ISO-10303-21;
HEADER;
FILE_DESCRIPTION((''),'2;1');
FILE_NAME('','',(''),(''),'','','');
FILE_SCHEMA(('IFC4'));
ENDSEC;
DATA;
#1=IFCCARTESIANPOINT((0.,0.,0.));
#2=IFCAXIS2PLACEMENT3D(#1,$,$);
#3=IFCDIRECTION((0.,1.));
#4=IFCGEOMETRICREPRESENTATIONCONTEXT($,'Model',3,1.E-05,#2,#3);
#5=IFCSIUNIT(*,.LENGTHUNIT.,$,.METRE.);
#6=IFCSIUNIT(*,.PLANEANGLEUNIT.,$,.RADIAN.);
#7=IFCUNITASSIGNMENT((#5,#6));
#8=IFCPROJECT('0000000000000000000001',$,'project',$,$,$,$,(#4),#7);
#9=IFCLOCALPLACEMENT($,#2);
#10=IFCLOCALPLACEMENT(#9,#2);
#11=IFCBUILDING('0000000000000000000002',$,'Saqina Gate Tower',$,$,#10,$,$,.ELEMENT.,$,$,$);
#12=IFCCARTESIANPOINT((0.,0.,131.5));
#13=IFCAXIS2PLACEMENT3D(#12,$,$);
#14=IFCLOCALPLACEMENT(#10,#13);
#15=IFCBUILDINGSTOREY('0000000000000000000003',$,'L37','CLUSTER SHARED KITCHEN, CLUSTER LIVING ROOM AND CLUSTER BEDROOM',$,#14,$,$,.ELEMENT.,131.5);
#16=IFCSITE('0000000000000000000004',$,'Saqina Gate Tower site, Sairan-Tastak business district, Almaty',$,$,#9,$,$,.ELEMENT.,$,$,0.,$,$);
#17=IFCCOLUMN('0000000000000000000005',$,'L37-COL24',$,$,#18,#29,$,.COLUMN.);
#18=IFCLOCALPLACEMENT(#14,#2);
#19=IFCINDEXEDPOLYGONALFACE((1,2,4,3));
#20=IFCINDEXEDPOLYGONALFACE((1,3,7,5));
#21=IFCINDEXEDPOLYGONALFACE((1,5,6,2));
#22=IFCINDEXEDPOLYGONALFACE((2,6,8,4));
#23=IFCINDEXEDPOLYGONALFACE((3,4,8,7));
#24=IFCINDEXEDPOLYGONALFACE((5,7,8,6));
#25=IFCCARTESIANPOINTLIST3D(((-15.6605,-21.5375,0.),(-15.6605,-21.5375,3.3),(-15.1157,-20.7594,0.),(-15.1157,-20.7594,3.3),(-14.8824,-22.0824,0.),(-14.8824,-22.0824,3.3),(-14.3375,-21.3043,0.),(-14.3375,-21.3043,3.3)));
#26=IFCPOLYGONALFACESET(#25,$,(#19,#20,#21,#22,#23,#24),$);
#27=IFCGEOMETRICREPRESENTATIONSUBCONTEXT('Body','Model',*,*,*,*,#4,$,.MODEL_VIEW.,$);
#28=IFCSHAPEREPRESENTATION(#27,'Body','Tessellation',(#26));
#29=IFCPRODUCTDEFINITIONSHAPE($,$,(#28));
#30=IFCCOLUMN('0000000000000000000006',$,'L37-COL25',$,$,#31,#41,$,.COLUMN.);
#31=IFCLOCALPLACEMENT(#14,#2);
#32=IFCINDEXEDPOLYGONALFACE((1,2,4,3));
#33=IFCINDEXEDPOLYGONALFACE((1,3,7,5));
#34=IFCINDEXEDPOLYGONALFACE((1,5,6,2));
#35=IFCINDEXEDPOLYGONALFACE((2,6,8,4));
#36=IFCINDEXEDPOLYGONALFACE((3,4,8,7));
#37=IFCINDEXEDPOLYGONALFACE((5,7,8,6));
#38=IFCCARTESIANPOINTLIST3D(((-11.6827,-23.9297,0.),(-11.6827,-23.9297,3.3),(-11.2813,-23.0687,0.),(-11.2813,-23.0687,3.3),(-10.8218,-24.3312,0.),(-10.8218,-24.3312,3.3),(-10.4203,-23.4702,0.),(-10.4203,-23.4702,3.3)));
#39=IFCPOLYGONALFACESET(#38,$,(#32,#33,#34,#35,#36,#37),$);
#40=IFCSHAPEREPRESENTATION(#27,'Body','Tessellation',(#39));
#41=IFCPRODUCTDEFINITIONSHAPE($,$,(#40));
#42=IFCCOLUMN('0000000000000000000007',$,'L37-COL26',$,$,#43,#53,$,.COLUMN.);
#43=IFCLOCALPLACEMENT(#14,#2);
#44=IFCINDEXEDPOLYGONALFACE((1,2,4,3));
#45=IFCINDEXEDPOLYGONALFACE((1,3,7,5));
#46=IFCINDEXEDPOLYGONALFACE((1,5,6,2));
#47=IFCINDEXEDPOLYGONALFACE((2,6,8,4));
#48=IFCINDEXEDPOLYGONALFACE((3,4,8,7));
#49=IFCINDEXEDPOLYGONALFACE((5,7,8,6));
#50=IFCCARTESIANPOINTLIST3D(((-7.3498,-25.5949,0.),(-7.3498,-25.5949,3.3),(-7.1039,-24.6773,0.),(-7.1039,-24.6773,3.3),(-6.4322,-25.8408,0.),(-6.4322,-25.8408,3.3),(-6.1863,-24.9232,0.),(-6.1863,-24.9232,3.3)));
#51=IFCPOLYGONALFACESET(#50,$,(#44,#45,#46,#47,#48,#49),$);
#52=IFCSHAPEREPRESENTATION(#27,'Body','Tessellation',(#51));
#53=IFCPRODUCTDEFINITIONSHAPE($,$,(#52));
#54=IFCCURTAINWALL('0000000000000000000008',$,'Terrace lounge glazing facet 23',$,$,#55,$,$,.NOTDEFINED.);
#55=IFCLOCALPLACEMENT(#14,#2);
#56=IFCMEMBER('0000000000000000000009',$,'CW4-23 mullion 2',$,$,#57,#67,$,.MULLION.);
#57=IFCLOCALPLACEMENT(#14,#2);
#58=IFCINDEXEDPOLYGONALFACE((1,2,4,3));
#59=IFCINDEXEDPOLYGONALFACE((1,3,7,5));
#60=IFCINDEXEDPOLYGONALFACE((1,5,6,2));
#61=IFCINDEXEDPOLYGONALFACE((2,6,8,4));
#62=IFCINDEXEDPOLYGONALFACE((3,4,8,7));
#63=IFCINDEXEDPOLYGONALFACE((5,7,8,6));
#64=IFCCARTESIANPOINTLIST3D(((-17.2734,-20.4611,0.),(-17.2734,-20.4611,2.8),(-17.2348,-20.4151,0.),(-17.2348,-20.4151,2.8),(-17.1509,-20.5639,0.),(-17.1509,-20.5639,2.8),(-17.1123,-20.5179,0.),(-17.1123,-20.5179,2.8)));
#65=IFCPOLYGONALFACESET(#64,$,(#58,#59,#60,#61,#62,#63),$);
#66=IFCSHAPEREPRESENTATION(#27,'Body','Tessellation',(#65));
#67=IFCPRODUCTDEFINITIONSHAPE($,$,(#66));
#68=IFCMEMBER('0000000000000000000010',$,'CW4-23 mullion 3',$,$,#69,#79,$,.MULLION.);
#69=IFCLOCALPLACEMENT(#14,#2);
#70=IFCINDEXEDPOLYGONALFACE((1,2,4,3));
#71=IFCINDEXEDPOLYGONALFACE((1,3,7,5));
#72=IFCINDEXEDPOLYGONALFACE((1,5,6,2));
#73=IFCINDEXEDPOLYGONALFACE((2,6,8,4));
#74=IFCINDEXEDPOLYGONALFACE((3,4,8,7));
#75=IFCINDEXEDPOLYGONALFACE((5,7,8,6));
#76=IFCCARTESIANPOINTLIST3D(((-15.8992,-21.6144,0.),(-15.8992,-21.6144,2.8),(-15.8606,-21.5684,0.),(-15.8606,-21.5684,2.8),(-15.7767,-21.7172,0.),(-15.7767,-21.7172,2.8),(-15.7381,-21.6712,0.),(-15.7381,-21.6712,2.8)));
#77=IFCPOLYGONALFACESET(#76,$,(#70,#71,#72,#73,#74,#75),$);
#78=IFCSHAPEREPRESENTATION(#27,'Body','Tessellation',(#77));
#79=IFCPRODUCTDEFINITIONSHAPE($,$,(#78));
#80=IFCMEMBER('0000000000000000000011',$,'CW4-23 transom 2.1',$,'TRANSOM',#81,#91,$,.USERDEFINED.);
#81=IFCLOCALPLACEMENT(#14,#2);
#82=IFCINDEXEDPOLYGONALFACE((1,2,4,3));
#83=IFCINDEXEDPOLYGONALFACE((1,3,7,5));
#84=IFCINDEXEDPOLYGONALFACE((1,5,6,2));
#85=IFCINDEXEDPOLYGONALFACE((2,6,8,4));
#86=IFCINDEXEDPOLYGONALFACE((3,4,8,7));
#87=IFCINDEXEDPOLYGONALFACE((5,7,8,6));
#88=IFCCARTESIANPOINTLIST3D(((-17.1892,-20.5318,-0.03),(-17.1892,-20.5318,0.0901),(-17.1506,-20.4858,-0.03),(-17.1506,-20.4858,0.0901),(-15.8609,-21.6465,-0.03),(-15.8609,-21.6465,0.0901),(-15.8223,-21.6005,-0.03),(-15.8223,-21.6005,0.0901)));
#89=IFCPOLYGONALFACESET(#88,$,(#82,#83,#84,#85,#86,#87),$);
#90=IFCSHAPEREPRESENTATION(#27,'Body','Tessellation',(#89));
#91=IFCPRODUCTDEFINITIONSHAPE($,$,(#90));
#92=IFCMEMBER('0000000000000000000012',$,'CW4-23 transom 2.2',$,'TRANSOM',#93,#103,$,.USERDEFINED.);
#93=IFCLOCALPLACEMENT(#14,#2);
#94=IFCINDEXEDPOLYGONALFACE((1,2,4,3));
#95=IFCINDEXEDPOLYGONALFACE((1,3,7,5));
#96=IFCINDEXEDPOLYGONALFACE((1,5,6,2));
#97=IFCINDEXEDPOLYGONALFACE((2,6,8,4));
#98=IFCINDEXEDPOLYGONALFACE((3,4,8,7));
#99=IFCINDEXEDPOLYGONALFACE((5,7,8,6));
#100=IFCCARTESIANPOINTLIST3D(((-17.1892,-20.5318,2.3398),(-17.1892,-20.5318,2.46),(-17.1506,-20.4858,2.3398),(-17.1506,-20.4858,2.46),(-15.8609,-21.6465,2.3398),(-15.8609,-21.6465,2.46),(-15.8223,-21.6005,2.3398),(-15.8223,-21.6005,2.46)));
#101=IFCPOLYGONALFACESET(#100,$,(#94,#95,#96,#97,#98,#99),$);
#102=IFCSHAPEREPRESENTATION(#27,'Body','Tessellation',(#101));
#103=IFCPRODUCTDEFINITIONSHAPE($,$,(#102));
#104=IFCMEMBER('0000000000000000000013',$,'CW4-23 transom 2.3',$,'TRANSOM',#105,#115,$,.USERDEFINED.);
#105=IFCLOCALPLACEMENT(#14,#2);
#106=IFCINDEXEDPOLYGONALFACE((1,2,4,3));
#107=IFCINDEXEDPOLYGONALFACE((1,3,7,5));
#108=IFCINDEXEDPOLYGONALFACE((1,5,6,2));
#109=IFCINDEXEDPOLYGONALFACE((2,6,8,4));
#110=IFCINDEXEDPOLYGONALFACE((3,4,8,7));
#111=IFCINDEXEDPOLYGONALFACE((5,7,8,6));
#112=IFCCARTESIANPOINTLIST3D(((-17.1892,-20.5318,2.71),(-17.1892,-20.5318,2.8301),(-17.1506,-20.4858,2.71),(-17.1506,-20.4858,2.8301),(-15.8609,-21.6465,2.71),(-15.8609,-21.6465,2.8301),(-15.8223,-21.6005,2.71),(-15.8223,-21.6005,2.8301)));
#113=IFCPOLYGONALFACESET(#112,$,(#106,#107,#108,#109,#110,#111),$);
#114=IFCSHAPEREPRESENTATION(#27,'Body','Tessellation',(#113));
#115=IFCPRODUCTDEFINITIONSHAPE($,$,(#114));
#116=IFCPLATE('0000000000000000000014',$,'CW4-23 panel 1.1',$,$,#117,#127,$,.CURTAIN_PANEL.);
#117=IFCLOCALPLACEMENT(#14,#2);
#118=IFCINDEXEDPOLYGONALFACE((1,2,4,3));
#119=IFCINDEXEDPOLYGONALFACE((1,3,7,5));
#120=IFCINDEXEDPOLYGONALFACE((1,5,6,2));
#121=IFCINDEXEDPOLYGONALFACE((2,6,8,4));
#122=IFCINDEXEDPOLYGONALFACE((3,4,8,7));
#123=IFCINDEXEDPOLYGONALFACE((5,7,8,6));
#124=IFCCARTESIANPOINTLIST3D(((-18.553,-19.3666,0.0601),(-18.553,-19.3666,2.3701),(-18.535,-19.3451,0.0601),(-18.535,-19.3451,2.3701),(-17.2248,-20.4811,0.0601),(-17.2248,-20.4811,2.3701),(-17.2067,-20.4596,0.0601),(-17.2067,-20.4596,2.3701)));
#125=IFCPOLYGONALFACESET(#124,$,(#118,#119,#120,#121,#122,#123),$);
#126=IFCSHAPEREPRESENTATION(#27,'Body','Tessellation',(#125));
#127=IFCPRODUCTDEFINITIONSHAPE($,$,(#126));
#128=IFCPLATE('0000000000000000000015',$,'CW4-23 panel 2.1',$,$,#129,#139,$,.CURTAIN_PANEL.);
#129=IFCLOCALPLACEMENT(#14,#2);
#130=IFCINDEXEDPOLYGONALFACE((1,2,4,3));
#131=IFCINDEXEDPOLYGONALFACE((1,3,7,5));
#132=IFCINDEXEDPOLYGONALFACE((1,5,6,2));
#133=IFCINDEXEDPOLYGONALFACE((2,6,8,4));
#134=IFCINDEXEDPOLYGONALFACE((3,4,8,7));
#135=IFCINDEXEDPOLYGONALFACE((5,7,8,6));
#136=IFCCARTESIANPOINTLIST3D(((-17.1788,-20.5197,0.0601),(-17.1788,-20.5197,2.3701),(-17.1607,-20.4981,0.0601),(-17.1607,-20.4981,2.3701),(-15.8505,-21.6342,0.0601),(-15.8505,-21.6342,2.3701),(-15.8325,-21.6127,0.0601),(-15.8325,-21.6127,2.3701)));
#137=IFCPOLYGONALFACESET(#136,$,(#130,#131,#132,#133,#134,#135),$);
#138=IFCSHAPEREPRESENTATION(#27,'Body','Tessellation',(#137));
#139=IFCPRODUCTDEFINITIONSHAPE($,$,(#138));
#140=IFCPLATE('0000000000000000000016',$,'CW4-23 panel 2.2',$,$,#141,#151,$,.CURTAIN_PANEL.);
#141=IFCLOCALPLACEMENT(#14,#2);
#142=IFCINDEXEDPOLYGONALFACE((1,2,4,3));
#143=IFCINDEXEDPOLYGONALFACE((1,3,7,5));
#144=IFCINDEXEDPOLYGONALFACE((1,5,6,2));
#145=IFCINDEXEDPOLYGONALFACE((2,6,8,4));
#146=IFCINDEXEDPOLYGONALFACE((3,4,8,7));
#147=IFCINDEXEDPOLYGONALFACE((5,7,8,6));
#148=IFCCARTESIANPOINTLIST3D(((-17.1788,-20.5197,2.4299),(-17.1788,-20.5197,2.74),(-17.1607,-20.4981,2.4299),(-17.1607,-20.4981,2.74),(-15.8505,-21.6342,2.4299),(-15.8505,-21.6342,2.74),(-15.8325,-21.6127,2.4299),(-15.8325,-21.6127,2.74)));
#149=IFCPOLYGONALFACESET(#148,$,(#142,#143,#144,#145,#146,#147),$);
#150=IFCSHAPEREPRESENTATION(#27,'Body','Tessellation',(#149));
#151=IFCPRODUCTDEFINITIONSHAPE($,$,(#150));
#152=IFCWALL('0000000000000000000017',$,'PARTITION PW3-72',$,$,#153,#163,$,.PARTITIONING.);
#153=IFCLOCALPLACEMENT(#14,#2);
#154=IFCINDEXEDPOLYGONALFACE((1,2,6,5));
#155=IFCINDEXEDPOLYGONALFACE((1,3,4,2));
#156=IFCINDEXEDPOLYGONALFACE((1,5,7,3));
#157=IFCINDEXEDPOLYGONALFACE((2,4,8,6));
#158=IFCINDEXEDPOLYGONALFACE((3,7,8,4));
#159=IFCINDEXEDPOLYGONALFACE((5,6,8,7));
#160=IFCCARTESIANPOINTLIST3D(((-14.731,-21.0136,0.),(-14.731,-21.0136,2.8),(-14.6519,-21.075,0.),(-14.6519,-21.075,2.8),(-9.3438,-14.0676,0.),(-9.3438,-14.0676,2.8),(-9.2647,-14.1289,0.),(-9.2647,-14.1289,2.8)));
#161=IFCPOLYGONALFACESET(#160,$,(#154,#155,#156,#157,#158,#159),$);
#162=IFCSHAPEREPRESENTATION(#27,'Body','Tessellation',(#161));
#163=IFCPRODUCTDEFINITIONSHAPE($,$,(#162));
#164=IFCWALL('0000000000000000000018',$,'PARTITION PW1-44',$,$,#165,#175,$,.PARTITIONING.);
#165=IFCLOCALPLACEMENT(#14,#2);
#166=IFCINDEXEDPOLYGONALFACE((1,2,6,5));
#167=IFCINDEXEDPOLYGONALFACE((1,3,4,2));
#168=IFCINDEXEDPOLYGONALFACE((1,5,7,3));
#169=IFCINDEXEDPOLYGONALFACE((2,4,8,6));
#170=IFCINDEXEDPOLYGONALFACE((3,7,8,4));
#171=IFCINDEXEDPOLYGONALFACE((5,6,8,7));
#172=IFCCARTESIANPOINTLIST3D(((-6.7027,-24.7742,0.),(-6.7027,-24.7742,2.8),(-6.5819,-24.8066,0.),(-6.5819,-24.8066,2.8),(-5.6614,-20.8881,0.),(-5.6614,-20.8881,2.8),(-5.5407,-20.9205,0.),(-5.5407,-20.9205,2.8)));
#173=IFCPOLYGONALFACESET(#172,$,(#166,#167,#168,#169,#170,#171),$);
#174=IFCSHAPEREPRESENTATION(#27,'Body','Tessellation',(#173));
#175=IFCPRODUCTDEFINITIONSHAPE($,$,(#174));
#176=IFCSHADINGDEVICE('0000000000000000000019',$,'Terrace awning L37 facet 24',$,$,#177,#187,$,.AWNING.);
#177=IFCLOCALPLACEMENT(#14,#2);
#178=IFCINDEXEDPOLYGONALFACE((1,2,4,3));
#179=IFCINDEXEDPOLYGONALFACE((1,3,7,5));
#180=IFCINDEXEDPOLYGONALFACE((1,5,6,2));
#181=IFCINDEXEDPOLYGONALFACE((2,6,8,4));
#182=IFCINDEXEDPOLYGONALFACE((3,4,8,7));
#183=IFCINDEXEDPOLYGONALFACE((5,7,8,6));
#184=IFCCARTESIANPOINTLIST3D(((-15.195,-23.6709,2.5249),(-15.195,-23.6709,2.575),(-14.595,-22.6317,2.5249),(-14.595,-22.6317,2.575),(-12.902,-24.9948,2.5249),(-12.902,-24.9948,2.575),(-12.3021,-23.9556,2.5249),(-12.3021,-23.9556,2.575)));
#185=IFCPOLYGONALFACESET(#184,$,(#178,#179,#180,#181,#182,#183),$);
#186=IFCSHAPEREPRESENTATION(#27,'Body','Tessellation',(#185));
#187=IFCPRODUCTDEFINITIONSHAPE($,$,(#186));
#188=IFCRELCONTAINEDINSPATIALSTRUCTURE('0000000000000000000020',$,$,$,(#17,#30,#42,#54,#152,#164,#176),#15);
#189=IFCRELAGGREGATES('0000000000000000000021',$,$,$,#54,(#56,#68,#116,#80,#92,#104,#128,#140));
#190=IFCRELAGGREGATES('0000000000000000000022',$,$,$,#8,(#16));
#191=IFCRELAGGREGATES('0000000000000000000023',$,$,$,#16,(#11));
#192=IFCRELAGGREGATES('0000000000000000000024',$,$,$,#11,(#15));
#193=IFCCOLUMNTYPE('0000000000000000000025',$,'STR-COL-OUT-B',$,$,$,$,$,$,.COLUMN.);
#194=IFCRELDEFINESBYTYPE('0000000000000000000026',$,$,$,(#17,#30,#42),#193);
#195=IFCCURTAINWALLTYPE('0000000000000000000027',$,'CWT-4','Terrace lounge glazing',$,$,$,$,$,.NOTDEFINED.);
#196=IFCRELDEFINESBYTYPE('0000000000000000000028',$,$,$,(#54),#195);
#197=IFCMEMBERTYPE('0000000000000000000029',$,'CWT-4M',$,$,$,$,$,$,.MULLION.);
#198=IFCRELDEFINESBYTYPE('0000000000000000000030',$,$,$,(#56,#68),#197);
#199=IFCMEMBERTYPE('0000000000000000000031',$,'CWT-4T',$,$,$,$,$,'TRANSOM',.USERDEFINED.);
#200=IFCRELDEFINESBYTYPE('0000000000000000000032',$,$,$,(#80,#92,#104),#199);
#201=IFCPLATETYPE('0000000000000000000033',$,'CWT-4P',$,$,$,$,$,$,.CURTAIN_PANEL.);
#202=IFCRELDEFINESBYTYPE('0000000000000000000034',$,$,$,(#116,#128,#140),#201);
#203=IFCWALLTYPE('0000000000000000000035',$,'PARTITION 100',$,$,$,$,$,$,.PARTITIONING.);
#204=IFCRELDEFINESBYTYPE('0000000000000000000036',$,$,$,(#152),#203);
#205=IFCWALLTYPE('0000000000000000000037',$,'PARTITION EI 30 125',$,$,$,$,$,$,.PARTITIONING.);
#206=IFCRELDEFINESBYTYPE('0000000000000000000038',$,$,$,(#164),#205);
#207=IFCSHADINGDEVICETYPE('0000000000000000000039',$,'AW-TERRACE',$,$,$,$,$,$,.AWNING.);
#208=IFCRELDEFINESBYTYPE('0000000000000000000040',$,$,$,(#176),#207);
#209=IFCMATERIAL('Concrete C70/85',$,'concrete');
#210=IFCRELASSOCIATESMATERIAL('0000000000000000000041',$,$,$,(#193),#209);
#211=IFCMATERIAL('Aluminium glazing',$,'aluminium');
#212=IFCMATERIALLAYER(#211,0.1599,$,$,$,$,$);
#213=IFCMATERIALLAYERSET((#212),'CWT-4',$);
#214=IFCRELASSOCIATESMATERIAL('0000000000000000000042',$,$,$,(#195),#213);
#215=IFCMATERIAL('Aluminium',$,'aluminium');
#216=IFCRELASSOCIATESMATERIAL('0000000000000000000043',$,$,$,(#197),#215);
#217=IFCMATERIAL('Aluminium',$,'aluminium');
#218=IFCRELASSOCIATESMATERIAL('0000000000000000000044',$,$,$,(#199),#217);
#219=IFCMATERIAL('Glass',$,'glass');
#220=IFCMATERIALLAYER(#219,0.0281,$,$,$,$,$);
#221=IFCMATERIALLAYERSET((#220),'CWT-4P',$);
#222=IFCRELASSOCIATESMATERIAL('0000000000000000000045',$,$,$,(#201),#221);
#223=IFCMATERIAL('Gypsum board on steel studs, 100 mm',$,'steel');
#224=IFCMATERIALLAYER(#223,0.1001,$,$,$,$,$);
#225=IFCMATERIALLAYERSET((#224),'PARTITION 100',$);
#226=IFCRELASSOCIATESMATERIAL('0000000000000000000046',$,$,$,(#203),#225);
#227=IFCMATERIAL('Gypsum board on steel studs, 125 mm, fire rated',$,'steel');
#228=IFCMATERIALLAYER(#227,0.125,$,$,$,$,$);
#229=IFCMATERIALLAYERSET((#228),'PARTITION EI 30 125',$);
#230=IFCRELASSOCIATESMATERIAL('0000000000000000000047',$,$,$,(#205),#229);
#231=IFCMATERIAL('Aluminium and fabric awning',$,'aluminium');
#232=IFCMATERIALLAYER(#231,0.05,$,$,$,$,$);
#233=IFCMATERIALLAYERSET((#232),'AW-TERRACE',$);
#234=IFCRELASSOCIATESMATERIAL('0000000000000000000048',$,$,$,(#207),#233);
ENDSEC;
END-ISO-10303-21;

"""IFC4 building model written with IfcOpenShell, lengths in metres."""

from ifc_helpers import new_model, si_unit, direction, frame, frame_2d, origin, origin_2d, place, context, subcontext, project, spatial, rectangle, extrude, material, layer, layer_set, material_profile, profile_set, type_object, element, aggregate, save


model = new_model("IFC4")

# Units and contexts
model_context = context("Model", 3, precision=1e-05, world=origin(), true_north=direction((0.0, 1.0)))
body_context = subcontext(model_context, "Body", "Model", "MODEL_VIEW")
ifc_project = project(units=[si_unit("LENGTHUNIT", "METRE"), si_unit("PLANEANGLEUNIT", "RADIAN")], contexts=[model_context])

# Site, building, storey
site_placement = place(None, origin())
site = spatial("IfcSite", under=ifc_project, at=site_placement, Name="Saqina Gate Tower site, Sairan-Tastak business district, Almaty", CompositionType="ELEMENT", RefElevation=0.0)
building_placement = place(site_placement, origin())
building = spatial("IfcBuilding", under=site, at=building_placement, Name="Saqina Gate Tower", CompositionType="ELEMENT")
storey_placement = place(building_placement, frame((0.0, 0.0, 131.5)))
storey = spatial("IfcBuildingStorey", under=building, at=storey_placement, Name="L37", Description="CLUSTER SHARED KITCHEN, CLUSTER LIVING ROOM AND CLUSTER BEDROOM", CompositionType="ELEMENT", Elevation=131.5)

# Columns
ifc_material_1 = material(Name="Concrete C70/85", Category="concrete")
ifc_material_profile_1 = material_profile(ifc_material_1, rectangle(XDim=0.95, YDim=0.95, at=origin_2d()), Name="RC 950x950")
ifc_profile_set_1 = profile_set([ifc_material_profile_1], Name="Concrete C70/85")
column_type = type_object("IfcColumnType", Name="STR-COL-OUT-B", PredefinedType="COLUMN", material=ifc_profile_set_1)
for number, where, z_axis, x_axis, name in (
    (1, (-14.999, -21.4209, 0.0), (0.0, 0.0, 1.0), (-0.573576, -0.819152, 0.0), "L37-COL24"),
    (2, (-11.0515, -23.7, 0.0), (0.0, 0.0, 1.0), (-0.422618, -0.906308, 0.0), "L37-COL25"),
    (3, (-6.7681, -25.259, 0.0), (0.0, 0.0, 1.0), (-0.258819, -0.965926, 0.0), "L37-COL26"),
):
    element("IfcColumn", number, at=place(storey_placement, frame(where, z_axis=z_axis, x_axis=x_axis)), inside=storey, type_object=column_type, Name=name, PredefinedType="COLUMN", context=body_context, shape_type="SweptSolid", body=[
        extrude(rectangle(XDim=0.95, YDim=0.95, at=origin_2d()), origin(), (0.0, 0.0, 1.0), 3.3),
    ])

# Curtain wall, members, plates
ifc_material_2 = material(Name="Aluminium glazing", Category="aluminium")
ifc_layer_1 = layer(ifc_material_2, 0.1599)
ifc_layer_set_1 = layer_set([ifc_layer_1], Name="CWT-4")
curtain_wall_type = type_object("IfcCurtainWallType", Name="CWT-4", Description="Terrace lounge glazing", PredefinedType="NOTDEFINED", material=ifc_layer_set_1)
curtain_wall_placement = place(storey_placement, origin())
curtain_wall = element("IfcCurtainWall", 4, at=curtain_wall_placement, inside=storey, type_object=curtain_wall_type, Name="Terrace lounge glazing facet 23", PredefinedType="NOTDEFINED")
ifc_material_3 = material(Name="Aluminium", Category="aluminium")
ifc_material_profile_2 = material_profile(ifc_material_3, rectangle(XDim=0.0601, YDim=0.1599, at=origin_2d()), Name="Aluminium 60x160")
ifc_profile_set_2 = profile_set([ifc_material_profile_2], Name="Aluminium")
member_type_1 = type_object("IfcMemberType", Name="CWT-4M", PredefinedType="MULLION", material=ifc_profile_set_2)
member_1_placement = place(storey_placement, frame((-17.1929, -20.4895, 0.0), z_axis=(0.0, 0.0, 1.0), x_axis=(0.642791, 0.766042, 0.0)))
member_1 = element("IfcMember", 5, at=member_1_placement, type_object=member_type_1, Name="CW4-23 mullion 2", PredefinedType="MULLION", context=body_context, shape_type="SweptSolid", body=[
    extrude(rectangle(XDim=0.0601, YDim=0.1599, at=origin_2d()), origin(), (0.0, 0.0, 1.0), 2.8),
])
member_2_placement = place(storey_placement, frame((-15.8186, -21.6428, 0.0), z_axis=(0.0, 0.0, 1.0), x_axis=(0.642791, 0.766042, 0.0)))
member_2 = element("IfcMember", 6, at=member_2_placement, type_object=member_type_1, Name="CW4-23 mullion 3", PredefinedType="MULLION", context=body_context, shape_type="SweptSolid", body=[
    extrude(rectangle(XDim=0.0601, YDim=0.1599, at=origin_2d()), origin(), (0.0, 0.0, 1.0), 2.8),
])
ifc_material_4 = material(Name="Aluminium", Category="aluminium")
ifc_material_profile_3 = material_profile(ifc_material_4, rectangle(XDim=0.0601, YDim=0.1201, at=origin_2d()), Name="Aluminium 60x120")
ifc_profile_set_3 = profile_set([ifc_material_profile_3], Name="Aluminium")
member_type_2 = type_object("IfcMemberType", Name="CWT-4T", ElementType="TRANSOM", PredefinedType="USERDEFINED", material=ifc_profile_set_3)
member_3_placement = place(storey_placement, frame((-17.1699, -20.5088, 0.03), z_axis=(0.766013, -0.642826, 0.0), x_axis=(0.642826, 0.766013, 0.0)))
member_3 = element("IfcMember", 7, at=member_3_placement, type_object=member_type_2, Name="CW4-23 transom 2.1", ObjectType="TRANSOM", PredefinedType="USERDEFINED", context=body_context, shape_type="SweptSolid", body=[
    extrude(rectangle(XDim=0.0601, YDim=0.1201, at=origin_2d()), origin(), (0.0, 0.0, 1.0), 1.7341),
])
member_4_placement = place(storey_placement, frame((-17.1699, -20.5088, 2.3999), z_axis=(0.766013, -0.642826, 0.0), x_axis=(0.642826, 0.766013, 0.0)))
member_4 = element("IfcMember", 8, at=member_4_placement, type_object=member_type_2, Name="CW4-23 transom 2.2", ObjectType="TRANSOM", PredefinedType="USERDEFINED", context=body_context, shape_type="SweptSolid", body=[
    extrude(rectangle(XDim=0.0601, YDim=0.1201, at=origin_2d()), origin(), (0.0, 0.0, 1.0), 1.7341),
])
member_5_placement = place(storey_placement, frame((-17.1699, -20.5088, 2.77), z_axis=(0.766013, -0.642826, 0.0), x_axis=(0.642826, 0.766013, 0.0)))
member_5 = element("IfcMember", 9, at=member_5_placement, type_object=member_type_2, Name="CW4-23 transom 2.3", ObjectType="TRANSOM", PredefinedType="USERDEFINED", context=body_context, shape_type="SweptSolid", body=[
    extrude(rectangle(XDim=0.0601, YDim=0.1201, at=origin_2d()), origin(), (0.0, 0.0, 1.0), 1.7341),
])
ifc_material_5 = material(Name="Glass", Category="glass")
ifc_layer_2 = layer(ifc_material_5, 0.0281)
ifc_layer_set_2 = layer_set([ifc_layer_2], Name="CWT-4P")
plate_type = type_object("IfcPlateType", Name="CWT-4P", PredefinedType="CURTAIN_PANEL", material=ifc_layer_set_2)
plate_1_placement = place(storey_placement, frame((-17.8799, -19.9131, 0.0601), z_axis=(0.0, 0.0, 1.0), x_axis=(0.766042, -0.642791, 0.0)))
plate_1 = element("IfcPlate", 10, at=plate_1_placement, type_object=plate_type, Name="CW4-23 panel 1.1", PredefinedType="CURTAIN_PANEL", context=body_context, shape_type="SweptSolid", body=[
    extrude(rectangle(XDim=1.7339, YDim=0.0281, at=origin_2d()), origin(), (0.0, 0.0, 1.0), 2.3101),
])
plate_2_placement = place(storey_placement, frame((-16.5056, -21.0662, 0.0601), z_axis=(0.0, 0.0, 1.0), x_axis=(0.766042, -0.642791, 0.0)))
plate_2 = element("IfcPlate", 11, at=plate_2_placement, type_object=plate_type, Name="CW4-23 panel 2.1", PredefinedType="CURTAIN_PANEL", context=body_context, shape_type="SweptSolid", body=[
    extrude(rectangle(XDim=1.7339, YDim=0.0281, at=origin_2d()), origin(), (0.0, 0.0, 1.0), 2.3101),
])
plate_3_placement = place(storey_placement, frame((-16.5056, -21.0662, 2.4299), z_axis=(0.0, 0.0, 1.0), x_axis=(0.766042, -0.642791, 0.0)))
plate_3 = element("IfcPlate", 12, at=plate_3_placement, type_object=plate_type, Name="CW4-23 panel 2.2", PredefinedType="CURTAIN_PANEL", context=body_context, shape_type="SweptSolid", body=[
    extrude(rectangle(XDim=1.7339, YDim=0.0281, at=origin_2d()), origin(), (0.0, 0.0, 1.0), 0.3101),
])
aggregate(curtain_wall, [member_1, member_2, plate_1, member_3, member_4, member_5, plate_2, plate_3])

# Walls
ifc_material_6 = material(Name="Gypsum board on steel studs, 100 mm", Category="steel")
ifc_layer_3 = layer(ifc_material_6, 0.1001)
ifc_layer_set_3 = layer_set([ifc_layer_3], Name="PARTITION 100")
wall_type_1 = type_object("IfcWallType", Name="PARTITION 100", PredefinedType="PARTITIONING", material=ifc_layer_set_3)
wall_1_placement = place(storey_placement, frame((-14.6914, -21.0442, 0.0), z_axis=(0.0, 0.0, 1.0), x_axis=(0.612857, 0.790193, 0.0)))
element("IfcWall", 13, at=wall_1_placement, inside=storey, type_object=wall_type_1, Name="PARTITION PW3-72", PredefinedType="PARTITIONING", context=body_context, shape_type="SweptSolid", body=[
    extrude(rectangle(XDim=8.7903, YDim=0.1001, at=frame_2d((4.395, 0.0))), origin(), (0.0, 0.0, 1.0), 2.8),
])
ifc_material_7 = material(Name="Gypsum board on steel studs, 125 mm, fire rated", Category="steel")
ifc_layer_4 = layer(ifc_material_7, 0.125)
ifc_layer_set_4 = layer_set([ifc_layer_4], Name="PARTITION EI 30 125")
wall_type_2 = type_object("IfcWallType", Name="PARTITION EI 30 125", PredefinedType="PARTITIONING", material=ifc_layer_set_4)
wall_2_placement = place(storey_placement, frame((-6.6423, -24.7905, 0.0), z_axis=(0.0, 0.0, 1.0), x_axis=(0.258807, 0.965929, 0.0)))
element("IfcWall", 14, at=wall_2_placement, inside=storey, type_object=wall_type_2, Name="PARTITION PW1-44", PredefinedType="PARTITIONING", context=body_context, shape_type="SweptSolid", body=[
    extrude(rectangle(XDim=4.0232, YDim=0.125, at=frame_2d((2.0117, 0.0))), origin(), (0.0, 0.0, 1.0), 2.8),
])

# Shading device
ifc_material_8 = material(Name="Aluminium and fabric awning", Category="aluminium")
ifc_layer_5 = layer(ifc_material_8, 0.05)
ifc_layer_set_5 = layer_set([ifc_layer_5], Name="AW-TERRACE")
shading_device_type = type_object("IfcShadingDeviceType", Name="AW-TERRACE", PredefinedType="AWNING", material=ifc_layer_set_5)
for number, where, z_axis, x_axis, name in (
    (15, (-13.7485, -23.8132, 2.5249), (0.0, 0.0, 1.0), (0.866025, -0.5, 0.0), "Terrace awning L37 facet 24"),
):
    element("IfcShadingDevice", number, at=place(storey_placement, frame(where, z_axis=z_axis, x_axis=x_axis)), inside=storey, type_object=shading_device_type, Name=name, PredefinedType="AWNING", context=body_context, shape_type="SweptSolid", body=[
        extrude(rectangle(XDim=2.6477, YDim=1.2, at=origin_2d()), origin(), (0.0, 0.0, 1.0), 0.05),
    ])

save(model, "model.ifc")
